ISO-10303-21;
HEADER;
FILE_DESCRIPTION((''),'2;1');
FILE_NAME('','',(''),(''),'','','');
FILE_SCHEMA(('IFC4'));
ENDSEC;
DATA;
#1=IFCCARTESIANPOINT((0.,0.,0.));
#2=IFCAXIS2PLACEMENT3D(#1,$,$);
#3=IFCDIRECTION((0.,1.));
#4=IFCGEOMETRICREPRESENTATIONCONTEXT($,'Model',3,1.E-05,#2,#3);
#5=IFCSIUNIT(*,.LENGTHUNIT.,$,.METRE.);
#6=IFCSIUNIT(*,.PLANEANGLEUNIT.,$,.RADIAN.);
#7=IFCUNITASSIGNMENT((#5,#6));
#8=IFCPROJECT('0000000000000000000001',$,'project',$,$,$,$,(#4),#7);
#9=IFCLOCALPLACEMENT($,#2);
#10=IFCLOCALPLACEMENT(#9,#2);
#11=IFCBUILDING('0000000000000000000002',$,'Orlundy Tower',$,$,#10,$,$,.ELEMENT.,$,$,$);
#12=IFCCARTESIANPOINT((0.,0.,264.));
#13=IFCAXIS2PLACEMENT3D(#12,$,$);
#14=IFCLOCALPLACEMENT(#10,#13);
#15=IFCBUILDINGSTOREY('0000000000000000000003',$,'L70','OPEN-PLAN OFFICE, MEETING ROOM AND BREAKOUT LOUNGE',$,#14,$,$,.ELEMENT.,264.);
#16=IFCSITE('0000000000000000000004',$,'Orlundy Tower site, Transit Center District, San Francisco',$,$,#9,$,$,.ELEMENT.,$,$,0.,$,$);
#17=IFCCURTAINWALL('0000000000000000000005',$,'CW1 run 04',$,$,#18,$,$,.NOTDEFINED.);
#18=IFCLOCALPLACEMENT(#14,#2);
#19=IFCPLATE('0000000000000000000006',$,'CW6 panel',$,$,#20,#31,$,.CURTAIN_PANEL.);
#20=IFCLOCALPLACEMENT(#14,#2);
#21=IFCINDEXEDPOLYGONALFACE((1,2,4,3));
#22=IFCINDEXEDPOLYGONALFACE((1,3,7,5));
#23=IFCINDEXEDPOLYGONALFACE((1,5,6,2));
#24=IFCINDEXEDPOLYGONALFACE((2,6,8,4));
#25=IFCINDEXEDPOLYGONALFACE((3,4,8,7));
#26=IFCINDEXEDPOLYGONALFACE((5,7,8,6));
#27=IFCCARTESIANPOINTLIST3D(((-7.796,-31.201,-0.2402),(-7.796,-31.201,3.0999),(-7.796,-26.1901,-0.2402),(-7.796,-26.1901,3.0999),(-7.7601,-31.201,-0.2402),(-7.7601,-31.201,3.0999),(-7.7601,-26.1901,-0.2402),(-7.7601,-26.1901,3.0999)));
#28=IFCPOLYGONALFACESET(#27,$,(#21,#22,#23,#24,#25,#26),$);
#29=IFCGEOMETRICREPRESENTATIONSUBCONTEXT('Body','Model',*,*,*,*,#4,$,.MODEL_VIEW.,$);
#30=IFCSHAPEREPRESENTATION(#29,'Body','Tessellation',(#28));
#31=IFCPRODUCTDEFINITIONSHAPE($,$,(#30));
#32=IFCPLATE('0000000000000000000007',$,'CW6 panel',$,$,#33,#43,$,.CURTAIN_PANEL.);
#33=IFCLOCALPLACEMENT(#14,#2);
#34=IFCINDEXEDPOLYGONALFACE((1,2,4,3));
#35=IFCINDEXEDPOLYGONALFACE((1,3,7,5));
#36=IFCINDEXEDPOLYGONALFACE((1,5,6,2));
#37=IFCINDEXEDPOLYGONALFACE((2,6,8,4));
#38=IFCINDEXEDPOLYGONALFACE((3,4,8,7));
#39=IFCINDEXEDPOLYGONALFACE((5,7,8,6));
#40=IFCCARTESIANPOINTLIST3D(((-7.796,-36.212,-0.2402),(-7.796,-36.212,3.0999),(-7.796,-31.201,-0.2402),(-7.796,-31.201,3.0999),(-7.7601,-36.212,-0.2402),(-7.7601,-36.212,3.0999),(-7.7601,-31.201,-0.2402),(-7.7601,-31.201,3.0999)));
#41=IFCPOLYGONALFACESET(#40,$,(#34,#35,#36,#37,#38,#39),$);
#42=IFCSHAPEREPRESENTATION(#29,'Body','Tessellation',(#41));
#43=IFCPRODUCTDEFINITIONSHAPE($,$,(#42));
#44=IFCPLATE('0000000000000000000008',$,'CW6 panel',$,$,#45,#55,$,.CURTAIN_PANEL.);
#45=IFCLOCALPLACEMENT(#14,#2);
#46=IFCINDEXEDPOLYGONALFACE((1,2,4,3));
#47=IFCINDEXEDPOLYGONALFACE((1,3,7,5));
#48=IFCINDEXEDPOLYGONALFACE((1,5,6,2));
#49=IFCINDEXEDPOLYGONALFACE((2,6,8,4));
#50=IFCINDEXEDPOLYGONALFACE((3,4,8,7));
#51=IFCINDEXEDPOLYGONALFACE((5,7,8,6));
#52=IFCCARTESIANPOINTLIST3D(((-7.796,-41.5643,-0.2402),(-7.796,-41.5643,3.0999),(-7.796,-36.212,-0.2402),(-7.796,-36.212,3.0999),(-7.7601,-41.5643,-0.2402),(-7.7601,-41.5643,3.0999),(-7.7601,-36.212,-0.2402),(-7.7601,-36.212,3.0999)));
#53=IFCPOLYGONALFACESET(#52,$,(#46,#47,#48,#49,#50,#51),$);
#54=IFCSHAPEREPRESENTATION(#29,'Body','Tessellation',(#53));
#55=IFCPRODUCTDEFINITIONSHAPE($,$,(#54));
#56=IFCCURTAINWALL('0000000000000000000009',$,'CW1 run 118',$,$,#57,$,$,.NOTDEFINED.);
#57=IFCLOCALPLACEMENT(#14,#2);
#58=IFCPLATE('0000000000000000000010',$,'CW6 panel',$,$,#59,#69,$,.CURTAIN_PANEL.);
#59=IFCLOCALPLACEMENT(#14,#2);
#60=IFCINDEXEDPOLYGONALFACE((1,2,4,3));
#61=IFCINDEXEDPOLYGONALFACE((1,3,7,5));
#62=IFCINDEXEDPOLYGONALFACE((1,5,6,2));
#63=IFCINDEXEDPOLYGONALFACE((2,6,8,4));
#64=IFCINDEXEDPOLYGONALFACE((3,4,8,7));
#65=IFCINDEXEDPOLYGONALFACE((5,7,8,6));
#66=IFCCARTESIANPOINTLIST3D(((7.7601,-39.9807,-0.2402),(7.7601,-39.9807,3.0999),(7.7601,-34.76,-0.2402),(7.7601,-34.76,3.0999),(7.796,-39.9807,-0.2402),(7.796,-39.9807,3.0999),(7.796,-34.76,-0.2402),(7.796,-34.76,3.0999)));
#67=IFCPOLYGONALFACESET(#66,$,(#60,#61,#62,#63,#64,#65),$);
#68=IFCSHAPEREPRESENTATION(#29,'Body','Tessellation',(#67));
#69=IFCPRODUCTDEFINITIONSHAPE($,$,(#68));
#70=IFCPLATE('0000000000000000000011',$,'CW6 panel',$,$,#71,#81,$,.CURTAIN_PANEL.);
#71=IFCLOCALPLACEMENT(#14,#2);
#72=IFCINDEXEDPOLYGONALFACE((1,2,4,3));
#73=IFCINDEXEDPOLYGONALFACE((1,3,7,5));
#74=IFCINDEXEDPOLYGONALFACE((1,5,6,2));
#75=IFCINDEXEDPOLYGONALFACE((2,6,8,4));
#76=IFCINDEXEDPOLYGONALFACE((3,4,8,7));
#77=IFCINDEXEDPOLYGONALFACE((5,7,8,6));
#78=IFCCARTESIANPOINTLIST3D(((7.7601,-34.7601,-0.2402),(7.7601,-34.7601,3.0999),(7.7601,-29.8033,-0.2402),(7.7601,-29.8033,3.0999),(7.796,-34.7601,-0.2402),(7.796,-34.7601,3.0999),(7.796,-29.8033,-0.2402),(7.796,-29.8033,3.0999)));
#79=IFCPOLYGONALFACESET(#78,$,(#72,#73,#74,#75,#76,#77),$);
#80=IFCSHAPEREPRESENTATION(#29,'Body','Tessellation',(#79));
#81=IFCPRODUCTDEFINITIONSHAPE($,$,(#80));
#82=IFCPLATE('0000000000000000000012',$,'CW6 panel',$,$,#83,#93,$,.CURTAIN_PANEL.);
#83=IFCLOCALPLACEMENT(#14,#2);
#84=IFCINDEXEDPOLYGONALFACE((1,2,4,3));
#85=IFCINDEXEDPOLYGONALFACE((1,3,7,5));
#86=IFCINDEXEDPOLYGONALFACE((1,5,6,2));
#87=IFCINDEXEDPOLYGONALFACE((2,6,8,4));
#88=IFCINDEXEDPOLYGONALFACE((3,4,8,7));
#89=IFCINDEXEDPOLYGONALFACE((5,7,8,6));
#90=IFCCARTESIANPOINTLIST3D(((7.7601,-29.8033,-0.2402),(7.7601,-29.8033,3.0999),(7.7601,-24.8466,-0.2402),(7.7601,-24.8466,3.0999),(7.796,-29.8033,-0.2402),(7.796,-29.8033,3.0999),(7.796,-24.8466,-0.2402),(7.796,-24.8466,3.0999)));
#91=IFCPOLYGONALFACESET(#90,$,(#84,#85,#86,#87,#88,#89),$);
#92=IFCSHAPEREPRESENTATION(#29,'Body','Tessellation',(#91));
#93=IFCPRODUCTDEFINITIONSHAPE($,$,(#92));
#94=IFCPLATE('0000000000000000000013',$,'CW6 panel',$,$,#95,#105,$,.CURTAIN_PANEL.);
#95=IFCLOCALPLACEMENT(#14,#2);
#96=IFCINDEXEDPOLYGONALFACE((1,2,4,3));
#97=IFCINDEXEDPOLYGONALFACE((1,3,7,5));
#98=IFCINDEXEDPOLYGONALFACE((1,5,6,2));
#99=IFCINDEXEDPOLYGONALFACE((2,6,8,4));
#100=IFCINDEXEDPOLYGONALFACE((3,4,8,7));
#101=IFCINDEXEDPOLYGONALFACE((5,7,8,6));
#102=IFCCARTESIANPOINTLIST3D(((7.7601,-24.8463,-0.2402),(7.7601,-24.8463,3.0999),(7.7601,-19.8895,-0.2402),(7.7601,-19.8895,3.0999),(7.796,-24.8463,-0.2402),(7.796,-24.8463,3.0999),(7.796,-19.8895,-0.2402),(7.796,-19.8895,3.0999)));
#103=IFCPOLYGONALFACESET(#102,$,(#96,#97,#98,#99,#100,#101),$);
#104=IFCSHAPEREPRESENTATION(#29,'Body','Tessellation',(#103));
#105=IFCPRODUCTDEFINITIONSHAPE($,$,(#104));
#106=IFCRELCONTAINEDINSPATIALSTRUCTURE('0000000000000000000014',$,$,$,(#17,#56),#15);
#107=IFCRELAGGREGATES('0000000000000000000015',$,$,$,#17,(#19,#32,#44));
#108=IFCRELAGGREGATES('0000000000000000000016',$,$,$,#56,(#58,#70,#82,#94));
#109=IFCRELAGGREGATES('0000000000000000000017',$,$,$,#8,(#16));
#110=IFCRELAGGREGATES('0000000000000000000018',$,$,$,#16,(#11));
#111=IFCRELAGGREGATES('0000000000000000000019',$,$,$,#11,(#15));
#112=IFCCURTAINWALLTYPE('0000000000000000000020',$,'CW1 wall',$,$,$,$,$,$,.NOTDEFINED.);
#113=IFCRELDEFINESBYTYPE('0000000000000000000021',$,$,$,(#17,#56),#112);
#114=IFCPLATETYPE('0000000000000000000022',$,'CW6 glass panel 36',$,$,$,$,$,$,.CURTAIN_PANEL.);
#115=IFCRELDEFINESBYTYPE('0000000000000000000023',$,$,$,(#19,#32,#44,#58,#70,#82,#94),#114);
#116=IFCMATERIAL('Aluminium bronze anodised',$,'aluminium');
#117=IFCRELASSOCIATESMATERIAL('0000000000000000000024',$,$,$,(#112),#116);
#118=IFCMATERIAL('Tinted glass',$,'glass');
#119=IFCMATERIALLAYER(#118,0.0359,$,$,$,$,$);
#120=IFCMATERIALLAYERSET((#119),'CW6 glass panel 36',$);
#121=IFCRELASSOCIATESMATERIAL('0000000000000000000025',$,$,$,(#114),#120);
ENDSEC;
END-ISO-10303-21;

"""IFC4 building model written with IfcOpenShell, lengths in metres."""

from ifc_helpers import new_model, si_unit, direction, frame, origin, origin_2d, place, context, subcontext, project, spatial, rectangle, extrude, material, layer, layer_set, type_object, element, aggregate, save


model = new_model("IFC4")

# Units and contexts
model_context = context("Model", 3, precision=1e-05, world=origin(), true_north=direction((0.0, 1.0)))
body_context = subcontext(model_context, "Body", "Model", "MODEL_VIEW")
ifc_project = project(units=[si_unit("LENGTHUNIT", "METRE"), si_unit("PLANEANGLEUNIT", "RADIAN")], contexts=[model_context])

# Site, building, storey
site_placement = place(None, origin())
site = spatial("IfcSite", under=ifc_project, at=site_placement, Name="Orlundy Tower site, Transit Center District, San Francisco", CompositionType="ELEMENT", RefElevation=0.0)
building_placement = place(site_placement, origin())
building = spatial("IfcBuilding", under=site, at=building_placement, Name="Orlundy Tower", CompositionType="ELEMENT")
storey_placement = place(building_placement, frame((0.0, 0.0, 264.0)))
storey = spatial("IfcBuildingStorey", under=building, at=storey_placement, Name="L70", Description="OPEN-PLAN OFFICE, MEETING ROOM AND BREAKOUT LOUNGE", CompositionType="ELEMENT", Elevation=264.0)

# Shared definitions
ifc_material_1 = material(Name="Aluminium bronze anodised", Category="aluminium")
curtain_wall_type = type_object("IfcCurtainWallType", Name="CW1 wall", PredefinedType="NOTDEFINED", material=ifc_material_1)

# Curtain wall
curtain_wall_1_placement = place(storey_placement, origin())
curtain_wall_1 = element("IfcCurtainWall", 1, at=curtain_wall_1_placement, inside=storey, type_object=curtain_wall_type, Name="CW1 run 04", PredefinedType="NOTDEFINED")

# Plates
ifc_material_2 = material(Name="Tinted glass", Category="glass")
ifc_layer_1 = layer(ifc_material_2, 0.0359)
ifc_layer_set_1 = layer_set([ifc_layer_1], Name="CW6 glass panel 36")
plate_type_1 = type_object("IfcPlateType", Name="CW6 glass panel 36", PredefinedType="CURTAIN_PANEL", material=ifc_layer_set_1)
plate_1_placement = place(storey_placement, frame((-7.7781, -28.6956, -0.2402), z_axis=(0.0, 0.0, 1.0), x_axis=(0.0, -1.0, 0.0)))
plate_1 = element("IfcPlate", 2, at=plate_1_placement, type_object=plate_type_1, Name="CW6 panel", PredefinedType="CURTAIN_PANEL", context=body_context, shape_type="SweptSolid", body=[
    extrude(rectangle(XDim=5.011, YDim=0.0359, at=origin_2d()), origin(), (0.0, 0.0, 1.0), 3.3401),
])
plate_2_placement = place(storey_placement, frame((-7.7781, -33.7065, -0.2402), z_axis=(0.0, 0.0, 1.0), x_axis=(0.0, -1.0, 0.0)))
plate_2 = element("IfcPlate", 3, at=plate_2_placement, type_object=plate_type_1, Name="CW6 panel", PredefinedType="CURTAIN_PANEL", context=body_context, shape_type="SweptSolid", body=[
    extrude(rectangle(XDim=5.011, YDim=0.0359, at=origin_2d()), origin(), (0.0, 0.0, 1.0), 3.3401),
])
plate_3_placement = place(storey_placement, frame((-7.7781, -38.8882, -0.2402), z_axis=(0.0, 0.0, 1.0), x_axis=(0.0, -1.0, 0.0)))
plate_3 = element("IfcPlate", 4, at=plate_3_placement, type_object=plate_type_1, Name="CW6 panel", PredefinedType="CURTAIN_PANEL", context=body_context, shape_type="SweptSolid", body=[
    extrude(rectangle(XDim=5.3523, YDim=0.0359, at=origin_2d()), origin(), (0.0, 0.0, 1.0), 3.3401),
])
aggregate(curtain_wall_1, [plate_1, plate_2, plate_3])

# Curtain wall, plates
curtain_wall_2_placement = place(storey_placement, origin())
curtain_wall_2 = element("IfcCurtainWall", 5, at=curtain_wall_2_placement, inside=storey, type_object=curtain_wall_type, Name="CW1 run 118", PredefinedType="NOTDEFINED")
plate_4_placement = place(storey_placement, frame((7.7781, -37.3704, -0.2402), z_axis=(0.0, 0.0, 1.0), x_axis=(0.0, 1.0, 0.0)))
plate_4 = element("IfcPlate", 6, at=plate_4_placement, type_object=plate_type_1, Name="CW6 panel", PredefinedType="CURTAIN_PANEL", context=body_context, shape_type="SweptSolid", body=[
    extrude(rectangle(XDim=5.2207, YDim=0.0359, at=origin_2d()), origin(), (0.0, 0.0, 1.0), 3.3401),
])
plate_5_placement = place(storey_placement, frame((7.7781, -32.2817, -0.2402), z_axis=(0.0, 0.0, 1.0), x_axis=(0.0, 1.0, 0.0)))
plate_5 = element("IfcPlate", 7, at=plate_5_placement, type_object=plate_type_1, Name="CW6 panel", PredefinedType="CURTAIN_PANEL", context=body_context, shape_type="SweptSolid", body=[
    extrude(rectangle(XDim=4.9568, YDim=0.0359, at=origin_2d()), origin(), (0.0, 0.0, 1.0), 3.3401),
])
plate_6_placement = place(storey_placement, frame((7.7781, -27.325, -0.2402), z_axis=(0.0, 0.0, 1.0), x_axis=(0.0, 1.0, 0.0)))
plate_6 = element("IfcPlate", 8, at=plate_6_placement, type_object=plate_type_1, Name="CW6 panel", PredefinedType="CURTAIN_PANEL", context=body_context, shape_type="SweptSolid", body=[
    extrude(rectangle(XDim=4.9568, YDim=0.0359, at=origin_2d()), origin(), (0.0, 0.0, 1.0), 3.3401),
])
plate_7_placement = place(storey_placement, frame((7.7781, -22.3679, -0.2402), z_axis=(0.0, 0.0, 1.0), x_axis=(0.0, 1.0, 0.0)))
plate_7 = element("IfcPlate", 9, at=plate_7_placement, type_object=plate_type_1, Name="CW6 panel", PredefinedType="CURTAIN_PANEL", context=body_context, shape_type="SweptSolid", body=[
    extrude(rectangle(XDim=4.9568, YDim=0.0359, at=origin_2d()), origin(), (0.0, 0.0, 1.0), 3.3401),
])
aggregate(curtain_wall_2, [plate_4, plate_5, plate_6, plate_7])

save(model, "model.ifc")
